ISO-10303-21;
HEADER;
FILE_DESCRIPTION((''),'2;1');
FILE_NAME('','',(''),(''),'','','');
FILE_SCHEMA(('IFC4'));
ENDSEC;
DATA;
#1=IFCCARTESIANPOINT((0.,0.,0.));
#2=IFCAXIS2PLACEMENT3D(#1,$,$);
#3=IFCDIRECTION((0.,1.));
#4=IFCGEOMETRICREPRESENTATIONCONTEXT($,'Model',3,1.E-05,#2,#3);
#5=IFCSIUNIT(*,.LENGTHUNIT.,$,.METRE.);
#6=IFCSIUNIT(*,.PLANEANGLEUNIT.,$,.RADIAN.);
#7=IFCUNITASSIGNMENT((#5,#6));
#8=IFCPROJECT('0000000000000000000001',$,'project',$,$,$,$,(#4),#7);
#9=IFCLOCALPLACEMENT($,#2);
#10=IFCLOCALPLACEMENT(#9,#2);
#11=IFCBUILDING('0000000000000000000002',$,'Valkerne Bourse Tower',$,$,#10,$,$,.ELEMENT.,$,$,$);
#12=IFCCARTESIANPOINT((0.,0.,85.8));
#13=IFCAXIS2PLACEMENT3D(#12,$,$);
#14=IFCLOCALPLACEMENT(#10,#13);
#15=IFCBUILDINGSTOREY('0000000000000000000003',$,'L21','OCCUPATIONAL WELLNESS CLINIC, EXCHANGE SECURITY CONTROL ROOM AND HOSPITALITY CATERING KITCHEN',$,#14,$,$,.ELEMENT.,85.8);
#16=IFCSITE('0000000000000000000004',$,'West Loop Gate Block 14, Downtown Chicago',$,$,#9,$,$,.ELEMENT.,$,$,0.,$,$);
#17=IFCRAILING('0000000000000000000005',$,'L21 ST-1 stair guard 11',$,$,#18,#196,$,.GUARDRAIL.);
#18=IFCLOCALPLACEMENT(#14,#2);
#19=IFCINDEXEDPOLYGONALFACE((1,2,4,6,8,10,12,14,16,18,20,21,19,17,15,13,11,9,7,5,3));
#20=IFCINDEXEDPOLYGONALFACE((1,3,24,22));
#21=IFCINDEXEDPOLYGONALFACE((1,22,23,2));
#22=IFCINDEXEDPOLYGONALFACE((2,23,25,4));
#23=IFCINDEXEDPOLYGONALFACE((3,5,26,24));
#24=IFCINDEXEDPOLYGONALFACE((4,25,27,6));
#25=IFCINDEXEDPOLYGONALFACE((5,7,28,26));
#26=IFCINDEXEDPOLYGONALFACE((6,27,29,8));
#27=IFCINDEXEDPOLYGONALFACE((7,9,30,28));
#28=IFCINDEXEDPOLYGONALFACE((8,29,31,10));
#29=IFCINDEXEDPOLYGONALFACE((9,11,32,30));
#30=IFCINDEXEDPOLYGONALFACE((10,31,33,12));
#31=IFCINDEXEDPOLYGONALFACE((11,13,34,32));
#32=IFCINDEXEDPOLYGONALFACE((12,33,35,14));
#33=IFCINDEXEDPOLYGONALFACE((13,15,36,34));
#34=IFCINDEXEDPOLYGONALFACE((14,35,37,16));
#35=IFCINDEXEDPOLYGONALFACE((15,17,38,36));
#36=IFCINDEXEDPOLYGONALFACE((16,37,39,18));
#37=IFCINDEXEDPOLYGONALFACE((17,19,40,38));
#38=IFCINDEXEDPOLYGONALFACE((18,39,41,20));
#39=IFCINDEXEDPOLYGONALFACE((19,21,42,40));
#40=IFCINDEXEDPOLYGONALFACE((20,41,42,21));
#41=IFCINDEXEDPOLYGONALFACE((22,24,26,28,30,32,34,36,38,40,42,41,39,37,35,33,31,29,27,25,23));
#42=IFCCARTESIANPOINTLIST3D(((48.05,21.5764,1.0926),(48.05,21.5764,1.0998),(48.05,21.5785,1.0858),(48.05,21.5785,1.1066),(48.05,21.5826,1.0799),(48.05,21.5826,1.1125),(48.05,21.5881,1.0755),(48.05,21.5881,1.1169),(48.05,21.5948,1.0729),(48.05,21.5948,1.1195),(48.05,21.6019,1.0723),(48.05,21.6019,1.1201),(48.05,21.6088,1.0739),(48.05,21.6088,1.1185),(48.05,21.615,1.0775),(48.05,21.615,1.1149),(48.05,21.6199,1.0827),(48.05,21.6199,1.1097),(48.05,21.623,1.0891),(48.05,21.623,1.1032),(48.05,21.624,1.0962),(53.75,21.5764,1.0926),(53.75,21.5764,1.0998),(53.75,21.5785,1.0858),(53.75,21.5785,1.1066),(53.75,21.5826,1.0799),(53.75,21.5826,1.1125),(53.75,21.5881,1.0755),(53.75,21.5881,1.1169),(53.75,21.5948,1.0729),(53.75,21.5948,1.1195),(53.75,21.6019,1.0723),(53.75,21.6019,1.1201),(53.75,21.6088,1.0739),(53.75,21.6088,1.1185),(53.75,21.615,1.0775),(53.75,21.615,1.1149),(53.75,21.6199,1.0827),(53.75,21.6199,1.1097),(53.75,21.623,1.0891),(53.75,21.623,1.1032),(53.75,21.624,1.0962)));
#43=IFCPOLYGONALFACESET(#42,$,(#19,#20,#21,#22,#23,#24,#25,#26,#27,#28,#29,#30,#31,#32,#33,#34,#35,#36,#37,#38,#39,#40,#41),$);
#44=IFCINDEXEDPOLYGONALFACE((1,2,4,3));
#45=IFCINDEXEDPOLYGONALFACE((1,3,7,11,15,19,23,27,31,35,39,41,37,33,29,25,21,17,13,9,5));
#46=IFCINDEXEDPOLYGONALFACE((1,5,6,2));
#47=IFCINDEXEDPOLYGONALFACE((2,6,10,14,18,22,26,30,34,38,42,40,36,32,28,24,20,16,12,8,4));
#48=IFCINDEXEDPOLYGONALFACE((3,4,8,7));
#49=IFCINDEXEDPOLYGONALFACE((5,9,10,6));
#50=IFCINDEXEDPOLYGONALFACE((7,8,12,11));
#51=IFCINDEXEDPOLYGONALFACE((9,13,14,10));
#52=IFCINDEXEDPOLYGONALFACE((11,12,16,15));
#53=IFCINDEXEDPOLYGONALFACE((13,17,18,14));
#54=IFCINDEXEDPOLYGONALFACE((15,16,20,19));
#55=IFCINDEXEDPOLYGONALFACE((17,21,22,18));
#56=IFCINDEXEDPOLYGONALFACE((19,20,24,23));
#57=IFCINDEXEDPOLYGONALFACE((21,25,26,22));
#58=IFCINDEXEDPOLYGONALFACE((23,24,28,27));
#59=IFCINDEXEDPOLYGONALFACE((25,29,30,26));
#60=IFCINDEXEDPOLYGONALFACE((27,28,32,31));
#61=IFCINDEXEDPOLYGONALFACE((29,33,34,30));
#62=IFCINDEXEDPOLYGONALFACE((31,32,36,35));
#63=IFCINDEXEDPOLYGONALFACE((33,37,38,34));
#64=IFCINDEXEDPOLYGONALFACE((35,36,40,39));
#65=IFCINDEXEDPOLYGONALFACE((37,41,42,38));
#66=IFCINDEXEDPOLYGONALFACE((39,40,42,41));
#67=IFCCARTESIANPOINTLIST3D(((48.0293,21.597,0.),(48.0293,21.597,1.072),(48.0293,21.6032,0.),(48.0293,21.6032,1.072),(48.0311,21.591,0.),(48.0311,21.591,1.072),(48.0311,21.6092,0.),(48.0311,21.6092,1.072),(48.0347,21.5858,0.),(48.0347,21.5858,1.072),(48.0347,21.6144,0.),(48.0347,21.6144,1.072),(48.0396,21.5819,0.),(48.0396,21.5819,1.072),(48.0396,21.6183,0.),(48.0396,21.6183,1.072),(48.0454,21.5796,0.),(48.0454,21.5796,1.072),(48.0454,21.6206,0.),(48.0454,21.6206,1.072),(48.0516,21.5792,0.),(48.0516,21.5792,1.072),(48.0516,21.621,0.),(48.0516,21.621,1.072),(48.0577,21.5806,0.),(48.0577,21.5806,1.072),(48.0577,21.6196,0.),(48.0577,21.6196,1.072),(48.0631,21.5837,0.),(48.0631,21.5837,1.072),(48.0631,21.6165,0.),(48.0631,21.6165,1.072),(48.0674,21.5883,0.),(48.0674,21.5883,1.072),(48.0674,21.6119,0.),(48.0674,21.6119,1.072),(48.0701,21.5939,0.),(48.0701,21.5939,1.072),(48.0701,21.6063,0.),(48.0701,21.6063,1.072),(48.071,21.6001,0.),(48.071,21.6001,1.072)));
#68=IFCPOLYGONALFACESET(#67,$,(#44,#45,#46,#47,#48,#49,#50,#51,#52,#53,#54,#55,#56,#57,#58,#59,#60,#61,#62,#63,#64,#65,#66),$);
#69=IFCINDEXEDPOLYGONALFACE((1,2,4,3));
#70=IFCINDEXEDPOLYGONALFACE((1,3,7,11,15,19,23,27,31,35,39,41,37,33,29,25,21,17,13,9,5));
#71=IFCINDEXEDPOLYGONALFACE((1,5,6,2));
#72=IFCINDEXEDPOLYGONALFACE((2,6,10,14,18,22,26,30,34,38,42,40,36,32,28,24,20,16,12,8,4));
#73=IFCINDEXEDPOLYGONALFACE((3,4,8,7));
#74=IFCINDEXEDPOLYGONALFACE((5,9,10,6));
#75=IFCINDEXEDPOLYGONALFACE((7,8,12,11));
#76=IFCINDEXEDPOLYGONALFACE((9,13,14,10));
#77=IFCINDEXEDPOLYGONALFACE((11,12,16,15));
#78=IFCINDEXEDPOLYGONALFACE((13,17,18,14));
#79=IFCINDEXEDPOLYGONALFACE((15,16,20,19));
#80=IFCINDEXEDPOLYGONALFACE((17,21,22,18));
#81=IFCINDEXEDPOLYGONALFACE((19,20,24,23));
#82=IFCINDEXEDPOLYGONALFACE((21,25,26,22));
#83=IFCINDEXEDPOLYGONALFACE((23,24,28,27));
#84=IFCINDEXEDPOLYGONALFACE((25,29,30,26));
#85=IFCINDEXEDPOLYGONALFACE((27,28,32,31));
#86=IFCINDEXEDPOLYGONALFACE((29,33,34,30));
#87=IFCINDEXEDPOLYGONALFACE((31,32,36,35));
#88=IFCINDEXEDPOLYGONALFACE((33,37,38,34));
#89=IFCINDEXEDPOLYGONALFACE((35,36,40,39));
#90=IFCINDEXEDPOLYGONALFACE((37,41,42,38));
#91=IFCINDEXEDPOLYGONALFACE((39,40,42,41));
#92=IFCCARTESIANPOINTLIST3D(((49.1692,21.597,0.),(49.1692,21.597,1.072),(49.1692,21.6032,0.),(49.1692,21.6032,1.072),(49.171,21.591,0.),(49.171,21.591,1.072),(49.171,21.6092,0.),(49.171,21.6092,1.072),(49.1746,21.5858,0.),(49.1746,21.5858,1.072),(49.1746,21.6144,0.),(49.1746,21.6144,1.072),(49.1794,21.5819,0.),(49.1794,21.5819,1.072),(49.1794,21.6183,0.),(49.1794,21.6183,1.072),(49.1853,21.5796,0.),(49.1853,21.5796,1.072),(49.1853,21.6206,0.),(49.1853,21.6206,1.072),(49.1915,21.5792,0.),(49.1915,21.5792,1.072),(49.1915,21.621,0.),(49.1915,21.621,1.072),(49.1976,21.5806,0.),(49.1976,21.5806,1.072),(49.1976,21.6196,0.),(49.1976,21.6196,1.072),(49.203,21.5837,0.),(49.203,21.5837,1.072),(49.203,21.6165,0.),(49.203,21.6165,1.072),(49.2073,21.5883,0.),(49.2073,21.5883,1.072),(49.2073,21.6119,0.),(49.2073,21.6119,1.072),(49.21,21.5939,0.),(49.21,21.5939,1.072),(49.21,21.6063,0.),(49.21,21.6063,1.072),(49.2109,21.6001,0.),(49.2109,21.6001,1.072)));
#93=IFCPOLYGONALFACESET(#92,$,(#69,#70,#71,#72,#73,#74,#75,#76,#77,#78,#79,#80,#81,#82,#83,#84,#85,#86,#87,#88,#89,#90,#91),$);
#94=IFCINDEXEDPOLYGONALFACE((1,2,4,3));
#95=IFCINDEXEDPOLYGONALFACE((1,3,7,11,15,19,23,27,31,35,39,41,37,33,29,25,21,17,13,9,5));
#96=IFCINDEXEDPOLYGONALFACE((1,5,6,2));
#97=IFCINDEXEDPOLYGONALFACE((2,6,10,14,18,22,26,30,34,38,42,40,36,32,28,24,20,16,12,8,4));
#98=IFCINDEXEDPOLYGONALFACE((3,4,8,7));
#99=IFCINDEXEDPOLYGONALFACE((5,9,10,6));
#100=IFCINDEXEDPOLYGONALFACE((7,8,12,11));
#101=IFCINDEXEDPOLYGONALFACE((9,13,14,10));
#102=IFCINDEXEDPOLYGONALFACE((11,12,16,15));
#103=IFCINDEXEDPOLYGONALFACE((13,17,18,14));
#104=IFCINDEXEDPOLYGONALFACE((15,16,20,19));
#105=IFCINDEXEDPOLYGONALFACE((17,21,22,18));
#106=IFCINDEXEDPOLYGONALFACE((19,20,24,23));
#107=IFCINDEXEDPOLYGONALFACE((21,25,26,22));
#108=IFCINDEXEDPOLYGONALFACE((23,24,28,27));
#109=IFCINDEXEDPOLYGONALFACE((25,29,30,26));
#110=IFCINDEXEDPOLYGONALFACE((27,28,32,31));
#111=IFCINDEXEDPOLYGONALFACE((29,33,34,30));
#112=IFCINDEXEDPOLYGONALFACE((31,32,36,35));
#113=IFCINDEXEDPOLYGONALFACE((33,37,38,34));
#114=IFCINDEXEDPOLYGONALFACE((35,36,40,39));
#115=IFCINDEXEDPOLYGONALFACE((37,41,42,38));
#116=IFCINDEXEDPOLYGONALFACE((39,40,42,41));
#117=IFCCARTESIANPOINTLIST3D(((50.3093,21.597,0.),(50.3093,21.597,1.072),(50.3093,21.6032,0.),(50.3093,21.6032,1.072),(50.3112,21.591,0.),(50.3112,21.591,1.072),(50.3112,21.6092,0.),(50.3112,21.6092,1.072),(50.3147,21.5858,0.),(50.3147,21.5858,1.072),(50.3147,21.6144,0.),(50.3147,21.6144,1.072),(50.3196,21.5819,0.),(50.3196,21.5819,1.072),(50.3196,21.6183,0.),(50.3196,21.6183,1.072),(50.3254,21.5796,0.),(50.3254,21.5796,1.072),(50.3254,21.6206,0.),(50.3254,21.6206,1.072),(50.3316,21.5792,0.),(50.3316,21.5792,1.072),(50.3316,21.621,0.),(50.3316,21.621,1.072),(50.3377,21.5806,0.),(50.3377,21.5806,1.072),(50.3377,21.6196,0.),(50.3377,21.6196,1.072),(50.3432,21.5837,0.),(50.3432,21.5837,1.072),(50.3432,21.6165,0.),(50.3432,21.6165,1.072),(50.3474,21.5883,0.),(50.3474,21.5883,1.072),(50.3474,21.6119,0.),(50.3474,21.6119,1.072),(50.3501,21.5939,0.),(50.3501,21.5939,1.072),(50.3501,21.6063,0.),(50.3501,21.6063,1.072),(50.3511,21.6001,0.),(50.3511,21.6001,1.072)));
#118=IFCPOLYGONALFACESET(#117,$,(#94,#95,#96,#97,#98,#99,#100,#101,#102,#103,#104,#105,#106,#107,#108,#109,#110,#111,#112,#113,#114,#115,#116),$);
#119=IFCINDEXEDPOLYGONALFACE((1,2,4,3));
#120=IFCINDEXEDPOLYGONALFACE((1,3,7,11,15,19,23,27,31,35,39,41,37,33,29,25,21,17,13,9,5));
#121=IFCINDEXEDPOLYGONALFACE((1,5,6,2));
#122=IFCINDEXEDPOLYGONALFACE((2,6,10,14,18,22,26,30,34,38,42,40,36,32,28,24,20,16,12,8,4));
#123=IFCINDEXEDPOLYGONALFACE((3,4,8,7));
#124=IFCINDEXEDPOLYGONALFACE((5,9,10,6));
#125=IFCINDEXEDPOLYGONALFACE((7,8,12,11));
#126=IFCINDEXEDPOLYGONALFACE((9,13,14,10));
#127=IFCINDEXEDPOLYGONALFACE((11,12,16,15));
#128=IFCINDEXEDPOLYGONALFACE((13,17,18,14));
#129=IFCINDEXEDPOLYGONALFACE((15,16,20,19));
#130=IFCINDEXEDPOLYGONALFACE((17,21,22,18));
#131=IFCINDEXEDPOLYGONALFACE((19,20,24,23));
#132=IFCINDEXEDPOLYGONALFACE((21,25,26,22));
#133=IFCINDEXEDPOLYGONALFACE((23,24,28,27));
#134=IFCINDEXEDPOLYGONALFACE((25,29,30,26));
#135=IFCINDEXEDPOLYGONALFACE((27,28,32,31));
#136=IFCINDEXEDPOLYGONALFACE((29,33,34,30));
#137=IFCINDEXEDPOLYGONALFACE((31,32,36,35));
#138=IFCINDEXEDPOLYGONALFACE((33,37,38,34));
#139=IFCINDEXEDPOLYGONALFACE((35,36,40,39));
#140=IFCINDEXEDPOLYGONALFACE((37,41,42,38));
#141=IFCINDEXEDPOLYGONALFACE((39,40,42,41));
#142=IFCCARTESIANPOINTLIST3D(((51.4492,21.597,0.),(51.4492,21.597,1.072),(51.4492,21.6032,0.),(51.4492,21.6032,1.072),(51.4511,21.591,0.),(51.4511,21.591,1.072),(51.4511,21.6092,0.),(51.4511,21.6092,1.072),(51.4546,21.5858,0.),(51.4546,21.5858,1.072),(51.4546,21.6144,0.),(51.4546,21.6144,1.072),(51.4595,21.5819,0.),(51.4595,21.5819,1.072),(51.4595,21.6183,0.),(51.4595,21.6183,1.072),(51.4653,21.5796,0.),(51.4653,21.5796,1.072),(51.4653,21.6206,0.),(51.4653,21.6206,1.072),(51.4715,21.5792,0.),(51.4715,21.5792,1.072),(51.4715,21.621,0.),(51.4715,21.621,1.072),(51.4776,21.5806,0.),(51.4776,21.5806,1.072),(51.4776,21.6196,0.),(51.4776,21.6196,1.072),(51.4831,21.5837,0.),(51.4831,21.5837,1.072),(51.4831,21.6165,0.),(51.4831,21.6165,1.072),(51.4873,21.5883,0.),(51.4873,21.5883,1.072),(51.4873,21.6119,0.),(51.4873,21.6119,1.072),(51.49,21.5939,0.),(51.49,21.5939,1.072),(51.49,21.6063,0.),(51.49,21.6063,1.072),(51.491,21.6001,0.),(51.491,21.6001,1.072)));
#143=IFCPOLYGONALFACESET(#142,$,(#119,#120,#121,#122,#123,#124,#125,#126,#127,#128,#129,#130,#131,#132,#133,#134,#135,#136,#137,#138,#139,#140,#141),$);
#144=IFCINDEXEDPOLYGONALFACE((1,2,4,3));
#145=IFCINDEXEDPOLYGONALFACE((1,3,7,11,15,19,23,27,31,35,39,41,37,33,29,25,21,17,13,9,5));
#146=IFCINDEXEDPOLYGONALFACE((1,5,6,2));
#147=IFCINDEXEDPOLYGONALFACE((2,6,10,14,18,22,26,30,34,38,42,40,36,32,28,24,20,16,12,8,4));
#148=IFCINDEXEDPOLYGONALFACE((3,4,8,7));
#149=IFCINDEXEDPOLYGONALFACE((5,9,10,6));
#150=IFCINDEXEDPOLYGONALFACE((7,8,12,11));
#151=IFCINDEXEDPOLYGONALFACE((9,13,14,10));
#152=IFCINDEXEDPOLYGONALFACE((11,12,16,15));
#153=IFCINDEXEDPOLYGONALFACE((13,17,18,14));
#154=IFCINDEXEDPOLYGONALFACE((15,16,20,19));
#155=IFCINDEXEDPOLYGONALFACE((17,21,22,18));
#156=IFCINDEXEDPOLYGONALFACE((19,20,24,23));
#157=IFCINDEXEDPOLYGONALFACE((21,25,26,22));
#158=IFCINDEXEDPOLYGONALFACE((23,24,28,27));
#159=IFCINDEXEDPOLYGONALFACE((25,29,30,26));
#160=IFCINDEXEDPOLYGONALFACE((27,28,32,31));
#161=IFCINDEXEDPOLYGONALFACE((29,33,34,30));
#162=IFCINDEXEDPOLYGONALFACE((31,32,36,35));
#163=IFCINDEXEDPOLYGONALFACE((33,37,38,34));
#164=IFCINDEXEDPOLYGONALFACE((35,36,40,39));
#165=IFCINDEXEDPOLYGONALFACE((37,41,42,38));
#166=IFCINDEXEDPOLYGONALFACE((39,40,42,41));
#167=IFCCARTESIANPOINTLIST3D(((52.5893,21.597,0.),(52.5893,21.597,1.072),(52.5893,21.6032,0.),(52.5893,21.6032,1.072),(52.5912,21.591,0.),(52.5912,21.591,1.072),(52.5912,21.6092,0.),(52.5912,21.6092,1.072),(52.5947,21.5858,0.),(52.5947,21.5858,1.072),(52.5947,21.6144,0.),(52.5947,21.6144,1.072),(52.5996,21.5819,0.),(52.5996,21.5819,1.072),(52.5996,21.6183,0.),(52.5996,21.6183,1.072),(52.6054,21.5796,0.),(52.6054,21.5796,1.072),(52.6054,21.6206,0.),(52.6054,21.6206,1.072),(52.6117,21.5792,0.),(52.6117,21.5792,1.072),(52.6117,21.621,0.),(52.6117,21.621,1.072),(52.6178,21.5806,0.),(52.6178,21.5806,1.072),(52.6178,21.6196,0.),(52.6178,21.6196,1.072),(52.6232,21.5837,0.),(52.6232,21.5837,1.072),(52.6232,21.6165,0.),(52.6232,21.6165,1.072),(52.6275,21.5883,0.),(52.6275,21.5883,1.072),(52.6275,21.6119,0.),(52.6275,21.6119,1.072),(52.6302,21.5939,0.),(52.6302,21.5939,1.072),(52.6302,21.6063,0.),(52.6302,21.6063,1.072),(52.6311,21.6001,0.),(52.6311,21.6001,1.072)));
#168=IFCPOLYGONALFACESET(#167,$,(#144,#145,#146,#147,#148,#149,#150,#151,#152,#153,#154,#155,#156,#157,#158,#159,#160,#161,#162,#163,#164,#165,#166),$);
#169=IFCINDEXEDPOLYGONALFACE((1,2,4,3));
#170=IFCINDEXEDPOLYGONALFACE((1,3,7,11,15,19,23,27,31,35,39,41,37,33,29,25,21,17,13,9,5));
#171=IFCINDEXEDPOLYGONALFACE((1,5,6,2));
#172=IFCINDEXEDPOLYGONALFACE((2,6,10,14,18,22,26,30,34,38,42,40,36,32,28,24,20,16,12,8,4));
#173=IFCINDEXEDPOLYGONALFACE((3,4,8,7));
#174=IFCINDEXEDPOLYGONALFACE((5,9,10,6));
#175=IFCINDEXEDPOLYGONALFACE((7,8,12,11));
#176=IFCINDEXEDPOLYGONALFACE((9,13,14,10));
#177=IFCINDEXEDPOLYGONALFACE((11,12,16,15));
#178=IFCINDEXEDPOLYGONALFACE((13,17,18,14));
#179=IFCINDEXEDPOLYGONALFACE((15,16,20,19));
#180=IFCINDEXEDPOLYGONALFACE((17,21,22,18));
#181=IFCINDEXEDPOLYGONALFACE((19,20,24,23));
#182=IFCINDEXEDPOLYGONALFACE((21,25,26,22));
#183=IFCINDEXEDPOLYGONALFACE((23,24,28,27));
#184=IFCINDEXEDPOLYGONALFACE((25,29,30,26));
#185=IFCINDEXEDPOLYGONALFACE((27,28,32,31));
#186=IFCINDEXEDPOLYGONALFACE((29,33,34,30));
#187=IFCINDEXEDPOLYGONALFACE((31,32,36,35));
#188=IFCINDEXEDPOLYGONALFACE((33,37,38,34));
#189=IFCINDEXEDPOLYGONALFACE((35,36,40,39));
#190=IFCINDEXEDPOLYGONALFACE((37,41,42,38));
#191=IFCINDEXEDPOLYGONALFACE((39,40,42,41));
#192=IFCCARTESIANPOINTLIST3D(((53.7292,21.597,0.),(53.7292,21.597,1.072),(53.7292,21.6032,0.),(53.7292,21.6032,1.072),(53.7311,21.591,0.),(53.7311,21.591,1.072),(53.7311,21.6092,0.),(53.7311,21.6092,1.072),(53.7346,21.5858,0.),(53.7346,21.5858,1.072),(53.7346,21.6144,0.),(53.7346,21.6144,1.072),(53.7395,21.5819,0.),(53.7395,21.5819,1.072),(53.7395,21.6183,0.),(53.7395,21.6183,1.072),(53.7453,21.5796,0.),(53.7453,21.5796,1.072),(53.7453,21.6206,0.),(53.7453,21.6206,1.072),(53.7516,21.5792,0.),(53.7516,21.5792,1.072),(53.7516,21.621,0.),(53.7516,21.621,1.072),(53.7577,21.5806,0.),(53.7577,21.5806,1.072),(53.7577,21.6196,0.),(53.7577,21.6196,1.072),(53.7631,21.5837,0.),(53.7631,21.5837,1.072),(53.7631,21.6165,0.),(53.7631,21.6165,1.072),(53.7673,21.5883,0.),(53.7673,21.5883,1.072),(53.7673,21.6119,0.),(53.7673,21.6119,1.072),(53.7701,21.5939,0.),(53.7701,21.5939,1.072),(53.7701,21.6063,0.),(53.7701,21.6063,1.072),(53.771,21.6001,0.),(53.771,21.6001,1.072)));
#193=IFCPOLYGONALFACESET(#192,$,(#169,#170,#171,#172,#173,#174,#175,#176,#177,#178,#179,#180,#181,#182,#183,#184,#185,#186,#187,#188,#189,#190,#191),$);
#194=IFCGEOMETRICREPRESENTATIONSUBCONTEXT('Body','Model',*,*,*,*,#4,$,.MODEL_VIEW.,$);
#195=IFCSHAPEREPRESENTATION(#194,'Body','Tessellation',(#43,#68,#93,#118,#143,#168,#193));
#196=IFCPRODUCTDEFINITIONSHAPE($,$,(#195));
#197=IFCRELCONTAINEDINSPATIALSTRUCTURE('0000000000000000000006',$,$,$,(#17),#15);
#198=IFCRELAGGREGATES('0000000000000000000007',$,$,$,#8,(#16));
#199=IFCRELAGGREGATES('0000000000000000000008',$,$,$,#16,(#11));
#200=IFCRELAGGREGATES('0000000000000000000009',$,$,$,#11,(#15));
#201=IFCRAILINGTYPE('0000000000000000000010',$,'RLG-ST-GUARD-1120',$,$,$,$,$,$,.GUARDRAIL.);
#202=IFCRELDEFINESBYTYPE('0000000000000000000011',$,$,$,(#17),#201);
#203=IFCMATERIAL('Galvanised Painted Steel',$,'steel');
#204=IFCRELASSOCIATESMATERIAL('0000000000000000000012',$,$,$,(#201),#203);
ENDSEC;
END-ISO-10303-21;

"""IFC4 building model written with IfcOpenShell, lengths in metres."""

from ifc_helpers import new_model, si_unit, direction, frame, origin, origin_2d, place, context, subcontext, project, spatial, circle, extrude, material, type_object, element, save


model = new_model("IFC4")

# Units and contexts
model_context = context("Model", 3, precision=1e-05, world=origin(), true_north=direction((0.0, 1.0)))
body_context = subcontext(model_context, "Body", "Model", "MODEL_VIEW")
ifc_project = project(units=[si_unit("LENGTHUNIT", "METRE"), si_unit("PLANEANGLEUNIT", "RADIAN")], contexts=[model_context])

# Site, building, storey
site_placement = place(None, origin())
site = spatial("IfcSite", under=ifc_project, at=site_placement, Name="West Loop Gate Block 14, Downtown Chicago", CompositionType="ELEMENT", RefElevation=0.0)
building_placement = place(site_placement, origin())
building = spatial("IfcBuilding", under=site, at=building_placement, Name="Valkerne Bourse Tower", CompositionType="ELEMENT")
storey_placement = place(building_placement, frame((0.0, 0.0, 85.8)))
storey = spatial("IfcBuildingStorey", under=building, at=storey_placement, Name="L21", Description="OCCUPATIONAL WELLNESS CLINIC, EXCHANGE SECURITY CONTROL ROOM AND HOSPITALITY CATERING KITCHEN", CompositionType="ELEMENT", Elevation=85.8)

# Shared definitions
ifc_material_1 = material(Name="Galvanised Painted Steel", Category="steel")

# Railing
railing_type_1 = type_object("IfcRailingType", Name="RLG-ST-GUARD-1120", PredefinedType="GUARDRAIL", material=ifc_material_1)
for number, where, name in (
    (1, (48.05, 21.6001, 0.0), "L21 ST-1 stair guard 11"),
):
    element("IfcRailing", number, at=place(storey_placement, frame(where)), inside=storey, type_object=railing_type_1, Name=name, PredefinedType="GUARDRAIL", context=body_context, shape_type="SweptSolid", body=[
        extrude(circle(Radius=0.0239, at=origin_2d()), frame((0.0, 0.0, 1.0962), z_axis=(1.0, 0.0, 0.0), x_axis=(0.0, 1.0, 0.0)), (0.0, 0.0, 1.0), 5.7),
        extrude(circle(Radius=0.021, at=origin_2d()), origin(), (0.0, 0.0, 1.0), 1.072),
        extrude(circle(Radius=0.021, at=origin_2d()), frame((1.1399, 0.0, 0.0)), (0.0, 0.0, 1.0), 1.072),
        extrude(circle(Radius=0.021, at=origin_2d()), frame((2.28, 0.0, 0.0)), (0.0, 0.0, 1.0), 1.072),
        extrude(circle(Radius=0.021, at=origin_2d()), frame((3.4199, 0.0, 0.0)), (0.0, 0.0, 1.0), 1.072),
        extrude(circle(Radius=0.021, at=origin_2d()), frame((4.5601, 0.0, 0.0)), (0.0, 0.0, 1.0), 1.072),
        extrude(circle(Radius=0.021, at=origin_2d()), frame((5.7, 0.0, 0.0)), (0.0, 0.0, 1.0), 1.072),
    ])

save(model, "model.ifc")
